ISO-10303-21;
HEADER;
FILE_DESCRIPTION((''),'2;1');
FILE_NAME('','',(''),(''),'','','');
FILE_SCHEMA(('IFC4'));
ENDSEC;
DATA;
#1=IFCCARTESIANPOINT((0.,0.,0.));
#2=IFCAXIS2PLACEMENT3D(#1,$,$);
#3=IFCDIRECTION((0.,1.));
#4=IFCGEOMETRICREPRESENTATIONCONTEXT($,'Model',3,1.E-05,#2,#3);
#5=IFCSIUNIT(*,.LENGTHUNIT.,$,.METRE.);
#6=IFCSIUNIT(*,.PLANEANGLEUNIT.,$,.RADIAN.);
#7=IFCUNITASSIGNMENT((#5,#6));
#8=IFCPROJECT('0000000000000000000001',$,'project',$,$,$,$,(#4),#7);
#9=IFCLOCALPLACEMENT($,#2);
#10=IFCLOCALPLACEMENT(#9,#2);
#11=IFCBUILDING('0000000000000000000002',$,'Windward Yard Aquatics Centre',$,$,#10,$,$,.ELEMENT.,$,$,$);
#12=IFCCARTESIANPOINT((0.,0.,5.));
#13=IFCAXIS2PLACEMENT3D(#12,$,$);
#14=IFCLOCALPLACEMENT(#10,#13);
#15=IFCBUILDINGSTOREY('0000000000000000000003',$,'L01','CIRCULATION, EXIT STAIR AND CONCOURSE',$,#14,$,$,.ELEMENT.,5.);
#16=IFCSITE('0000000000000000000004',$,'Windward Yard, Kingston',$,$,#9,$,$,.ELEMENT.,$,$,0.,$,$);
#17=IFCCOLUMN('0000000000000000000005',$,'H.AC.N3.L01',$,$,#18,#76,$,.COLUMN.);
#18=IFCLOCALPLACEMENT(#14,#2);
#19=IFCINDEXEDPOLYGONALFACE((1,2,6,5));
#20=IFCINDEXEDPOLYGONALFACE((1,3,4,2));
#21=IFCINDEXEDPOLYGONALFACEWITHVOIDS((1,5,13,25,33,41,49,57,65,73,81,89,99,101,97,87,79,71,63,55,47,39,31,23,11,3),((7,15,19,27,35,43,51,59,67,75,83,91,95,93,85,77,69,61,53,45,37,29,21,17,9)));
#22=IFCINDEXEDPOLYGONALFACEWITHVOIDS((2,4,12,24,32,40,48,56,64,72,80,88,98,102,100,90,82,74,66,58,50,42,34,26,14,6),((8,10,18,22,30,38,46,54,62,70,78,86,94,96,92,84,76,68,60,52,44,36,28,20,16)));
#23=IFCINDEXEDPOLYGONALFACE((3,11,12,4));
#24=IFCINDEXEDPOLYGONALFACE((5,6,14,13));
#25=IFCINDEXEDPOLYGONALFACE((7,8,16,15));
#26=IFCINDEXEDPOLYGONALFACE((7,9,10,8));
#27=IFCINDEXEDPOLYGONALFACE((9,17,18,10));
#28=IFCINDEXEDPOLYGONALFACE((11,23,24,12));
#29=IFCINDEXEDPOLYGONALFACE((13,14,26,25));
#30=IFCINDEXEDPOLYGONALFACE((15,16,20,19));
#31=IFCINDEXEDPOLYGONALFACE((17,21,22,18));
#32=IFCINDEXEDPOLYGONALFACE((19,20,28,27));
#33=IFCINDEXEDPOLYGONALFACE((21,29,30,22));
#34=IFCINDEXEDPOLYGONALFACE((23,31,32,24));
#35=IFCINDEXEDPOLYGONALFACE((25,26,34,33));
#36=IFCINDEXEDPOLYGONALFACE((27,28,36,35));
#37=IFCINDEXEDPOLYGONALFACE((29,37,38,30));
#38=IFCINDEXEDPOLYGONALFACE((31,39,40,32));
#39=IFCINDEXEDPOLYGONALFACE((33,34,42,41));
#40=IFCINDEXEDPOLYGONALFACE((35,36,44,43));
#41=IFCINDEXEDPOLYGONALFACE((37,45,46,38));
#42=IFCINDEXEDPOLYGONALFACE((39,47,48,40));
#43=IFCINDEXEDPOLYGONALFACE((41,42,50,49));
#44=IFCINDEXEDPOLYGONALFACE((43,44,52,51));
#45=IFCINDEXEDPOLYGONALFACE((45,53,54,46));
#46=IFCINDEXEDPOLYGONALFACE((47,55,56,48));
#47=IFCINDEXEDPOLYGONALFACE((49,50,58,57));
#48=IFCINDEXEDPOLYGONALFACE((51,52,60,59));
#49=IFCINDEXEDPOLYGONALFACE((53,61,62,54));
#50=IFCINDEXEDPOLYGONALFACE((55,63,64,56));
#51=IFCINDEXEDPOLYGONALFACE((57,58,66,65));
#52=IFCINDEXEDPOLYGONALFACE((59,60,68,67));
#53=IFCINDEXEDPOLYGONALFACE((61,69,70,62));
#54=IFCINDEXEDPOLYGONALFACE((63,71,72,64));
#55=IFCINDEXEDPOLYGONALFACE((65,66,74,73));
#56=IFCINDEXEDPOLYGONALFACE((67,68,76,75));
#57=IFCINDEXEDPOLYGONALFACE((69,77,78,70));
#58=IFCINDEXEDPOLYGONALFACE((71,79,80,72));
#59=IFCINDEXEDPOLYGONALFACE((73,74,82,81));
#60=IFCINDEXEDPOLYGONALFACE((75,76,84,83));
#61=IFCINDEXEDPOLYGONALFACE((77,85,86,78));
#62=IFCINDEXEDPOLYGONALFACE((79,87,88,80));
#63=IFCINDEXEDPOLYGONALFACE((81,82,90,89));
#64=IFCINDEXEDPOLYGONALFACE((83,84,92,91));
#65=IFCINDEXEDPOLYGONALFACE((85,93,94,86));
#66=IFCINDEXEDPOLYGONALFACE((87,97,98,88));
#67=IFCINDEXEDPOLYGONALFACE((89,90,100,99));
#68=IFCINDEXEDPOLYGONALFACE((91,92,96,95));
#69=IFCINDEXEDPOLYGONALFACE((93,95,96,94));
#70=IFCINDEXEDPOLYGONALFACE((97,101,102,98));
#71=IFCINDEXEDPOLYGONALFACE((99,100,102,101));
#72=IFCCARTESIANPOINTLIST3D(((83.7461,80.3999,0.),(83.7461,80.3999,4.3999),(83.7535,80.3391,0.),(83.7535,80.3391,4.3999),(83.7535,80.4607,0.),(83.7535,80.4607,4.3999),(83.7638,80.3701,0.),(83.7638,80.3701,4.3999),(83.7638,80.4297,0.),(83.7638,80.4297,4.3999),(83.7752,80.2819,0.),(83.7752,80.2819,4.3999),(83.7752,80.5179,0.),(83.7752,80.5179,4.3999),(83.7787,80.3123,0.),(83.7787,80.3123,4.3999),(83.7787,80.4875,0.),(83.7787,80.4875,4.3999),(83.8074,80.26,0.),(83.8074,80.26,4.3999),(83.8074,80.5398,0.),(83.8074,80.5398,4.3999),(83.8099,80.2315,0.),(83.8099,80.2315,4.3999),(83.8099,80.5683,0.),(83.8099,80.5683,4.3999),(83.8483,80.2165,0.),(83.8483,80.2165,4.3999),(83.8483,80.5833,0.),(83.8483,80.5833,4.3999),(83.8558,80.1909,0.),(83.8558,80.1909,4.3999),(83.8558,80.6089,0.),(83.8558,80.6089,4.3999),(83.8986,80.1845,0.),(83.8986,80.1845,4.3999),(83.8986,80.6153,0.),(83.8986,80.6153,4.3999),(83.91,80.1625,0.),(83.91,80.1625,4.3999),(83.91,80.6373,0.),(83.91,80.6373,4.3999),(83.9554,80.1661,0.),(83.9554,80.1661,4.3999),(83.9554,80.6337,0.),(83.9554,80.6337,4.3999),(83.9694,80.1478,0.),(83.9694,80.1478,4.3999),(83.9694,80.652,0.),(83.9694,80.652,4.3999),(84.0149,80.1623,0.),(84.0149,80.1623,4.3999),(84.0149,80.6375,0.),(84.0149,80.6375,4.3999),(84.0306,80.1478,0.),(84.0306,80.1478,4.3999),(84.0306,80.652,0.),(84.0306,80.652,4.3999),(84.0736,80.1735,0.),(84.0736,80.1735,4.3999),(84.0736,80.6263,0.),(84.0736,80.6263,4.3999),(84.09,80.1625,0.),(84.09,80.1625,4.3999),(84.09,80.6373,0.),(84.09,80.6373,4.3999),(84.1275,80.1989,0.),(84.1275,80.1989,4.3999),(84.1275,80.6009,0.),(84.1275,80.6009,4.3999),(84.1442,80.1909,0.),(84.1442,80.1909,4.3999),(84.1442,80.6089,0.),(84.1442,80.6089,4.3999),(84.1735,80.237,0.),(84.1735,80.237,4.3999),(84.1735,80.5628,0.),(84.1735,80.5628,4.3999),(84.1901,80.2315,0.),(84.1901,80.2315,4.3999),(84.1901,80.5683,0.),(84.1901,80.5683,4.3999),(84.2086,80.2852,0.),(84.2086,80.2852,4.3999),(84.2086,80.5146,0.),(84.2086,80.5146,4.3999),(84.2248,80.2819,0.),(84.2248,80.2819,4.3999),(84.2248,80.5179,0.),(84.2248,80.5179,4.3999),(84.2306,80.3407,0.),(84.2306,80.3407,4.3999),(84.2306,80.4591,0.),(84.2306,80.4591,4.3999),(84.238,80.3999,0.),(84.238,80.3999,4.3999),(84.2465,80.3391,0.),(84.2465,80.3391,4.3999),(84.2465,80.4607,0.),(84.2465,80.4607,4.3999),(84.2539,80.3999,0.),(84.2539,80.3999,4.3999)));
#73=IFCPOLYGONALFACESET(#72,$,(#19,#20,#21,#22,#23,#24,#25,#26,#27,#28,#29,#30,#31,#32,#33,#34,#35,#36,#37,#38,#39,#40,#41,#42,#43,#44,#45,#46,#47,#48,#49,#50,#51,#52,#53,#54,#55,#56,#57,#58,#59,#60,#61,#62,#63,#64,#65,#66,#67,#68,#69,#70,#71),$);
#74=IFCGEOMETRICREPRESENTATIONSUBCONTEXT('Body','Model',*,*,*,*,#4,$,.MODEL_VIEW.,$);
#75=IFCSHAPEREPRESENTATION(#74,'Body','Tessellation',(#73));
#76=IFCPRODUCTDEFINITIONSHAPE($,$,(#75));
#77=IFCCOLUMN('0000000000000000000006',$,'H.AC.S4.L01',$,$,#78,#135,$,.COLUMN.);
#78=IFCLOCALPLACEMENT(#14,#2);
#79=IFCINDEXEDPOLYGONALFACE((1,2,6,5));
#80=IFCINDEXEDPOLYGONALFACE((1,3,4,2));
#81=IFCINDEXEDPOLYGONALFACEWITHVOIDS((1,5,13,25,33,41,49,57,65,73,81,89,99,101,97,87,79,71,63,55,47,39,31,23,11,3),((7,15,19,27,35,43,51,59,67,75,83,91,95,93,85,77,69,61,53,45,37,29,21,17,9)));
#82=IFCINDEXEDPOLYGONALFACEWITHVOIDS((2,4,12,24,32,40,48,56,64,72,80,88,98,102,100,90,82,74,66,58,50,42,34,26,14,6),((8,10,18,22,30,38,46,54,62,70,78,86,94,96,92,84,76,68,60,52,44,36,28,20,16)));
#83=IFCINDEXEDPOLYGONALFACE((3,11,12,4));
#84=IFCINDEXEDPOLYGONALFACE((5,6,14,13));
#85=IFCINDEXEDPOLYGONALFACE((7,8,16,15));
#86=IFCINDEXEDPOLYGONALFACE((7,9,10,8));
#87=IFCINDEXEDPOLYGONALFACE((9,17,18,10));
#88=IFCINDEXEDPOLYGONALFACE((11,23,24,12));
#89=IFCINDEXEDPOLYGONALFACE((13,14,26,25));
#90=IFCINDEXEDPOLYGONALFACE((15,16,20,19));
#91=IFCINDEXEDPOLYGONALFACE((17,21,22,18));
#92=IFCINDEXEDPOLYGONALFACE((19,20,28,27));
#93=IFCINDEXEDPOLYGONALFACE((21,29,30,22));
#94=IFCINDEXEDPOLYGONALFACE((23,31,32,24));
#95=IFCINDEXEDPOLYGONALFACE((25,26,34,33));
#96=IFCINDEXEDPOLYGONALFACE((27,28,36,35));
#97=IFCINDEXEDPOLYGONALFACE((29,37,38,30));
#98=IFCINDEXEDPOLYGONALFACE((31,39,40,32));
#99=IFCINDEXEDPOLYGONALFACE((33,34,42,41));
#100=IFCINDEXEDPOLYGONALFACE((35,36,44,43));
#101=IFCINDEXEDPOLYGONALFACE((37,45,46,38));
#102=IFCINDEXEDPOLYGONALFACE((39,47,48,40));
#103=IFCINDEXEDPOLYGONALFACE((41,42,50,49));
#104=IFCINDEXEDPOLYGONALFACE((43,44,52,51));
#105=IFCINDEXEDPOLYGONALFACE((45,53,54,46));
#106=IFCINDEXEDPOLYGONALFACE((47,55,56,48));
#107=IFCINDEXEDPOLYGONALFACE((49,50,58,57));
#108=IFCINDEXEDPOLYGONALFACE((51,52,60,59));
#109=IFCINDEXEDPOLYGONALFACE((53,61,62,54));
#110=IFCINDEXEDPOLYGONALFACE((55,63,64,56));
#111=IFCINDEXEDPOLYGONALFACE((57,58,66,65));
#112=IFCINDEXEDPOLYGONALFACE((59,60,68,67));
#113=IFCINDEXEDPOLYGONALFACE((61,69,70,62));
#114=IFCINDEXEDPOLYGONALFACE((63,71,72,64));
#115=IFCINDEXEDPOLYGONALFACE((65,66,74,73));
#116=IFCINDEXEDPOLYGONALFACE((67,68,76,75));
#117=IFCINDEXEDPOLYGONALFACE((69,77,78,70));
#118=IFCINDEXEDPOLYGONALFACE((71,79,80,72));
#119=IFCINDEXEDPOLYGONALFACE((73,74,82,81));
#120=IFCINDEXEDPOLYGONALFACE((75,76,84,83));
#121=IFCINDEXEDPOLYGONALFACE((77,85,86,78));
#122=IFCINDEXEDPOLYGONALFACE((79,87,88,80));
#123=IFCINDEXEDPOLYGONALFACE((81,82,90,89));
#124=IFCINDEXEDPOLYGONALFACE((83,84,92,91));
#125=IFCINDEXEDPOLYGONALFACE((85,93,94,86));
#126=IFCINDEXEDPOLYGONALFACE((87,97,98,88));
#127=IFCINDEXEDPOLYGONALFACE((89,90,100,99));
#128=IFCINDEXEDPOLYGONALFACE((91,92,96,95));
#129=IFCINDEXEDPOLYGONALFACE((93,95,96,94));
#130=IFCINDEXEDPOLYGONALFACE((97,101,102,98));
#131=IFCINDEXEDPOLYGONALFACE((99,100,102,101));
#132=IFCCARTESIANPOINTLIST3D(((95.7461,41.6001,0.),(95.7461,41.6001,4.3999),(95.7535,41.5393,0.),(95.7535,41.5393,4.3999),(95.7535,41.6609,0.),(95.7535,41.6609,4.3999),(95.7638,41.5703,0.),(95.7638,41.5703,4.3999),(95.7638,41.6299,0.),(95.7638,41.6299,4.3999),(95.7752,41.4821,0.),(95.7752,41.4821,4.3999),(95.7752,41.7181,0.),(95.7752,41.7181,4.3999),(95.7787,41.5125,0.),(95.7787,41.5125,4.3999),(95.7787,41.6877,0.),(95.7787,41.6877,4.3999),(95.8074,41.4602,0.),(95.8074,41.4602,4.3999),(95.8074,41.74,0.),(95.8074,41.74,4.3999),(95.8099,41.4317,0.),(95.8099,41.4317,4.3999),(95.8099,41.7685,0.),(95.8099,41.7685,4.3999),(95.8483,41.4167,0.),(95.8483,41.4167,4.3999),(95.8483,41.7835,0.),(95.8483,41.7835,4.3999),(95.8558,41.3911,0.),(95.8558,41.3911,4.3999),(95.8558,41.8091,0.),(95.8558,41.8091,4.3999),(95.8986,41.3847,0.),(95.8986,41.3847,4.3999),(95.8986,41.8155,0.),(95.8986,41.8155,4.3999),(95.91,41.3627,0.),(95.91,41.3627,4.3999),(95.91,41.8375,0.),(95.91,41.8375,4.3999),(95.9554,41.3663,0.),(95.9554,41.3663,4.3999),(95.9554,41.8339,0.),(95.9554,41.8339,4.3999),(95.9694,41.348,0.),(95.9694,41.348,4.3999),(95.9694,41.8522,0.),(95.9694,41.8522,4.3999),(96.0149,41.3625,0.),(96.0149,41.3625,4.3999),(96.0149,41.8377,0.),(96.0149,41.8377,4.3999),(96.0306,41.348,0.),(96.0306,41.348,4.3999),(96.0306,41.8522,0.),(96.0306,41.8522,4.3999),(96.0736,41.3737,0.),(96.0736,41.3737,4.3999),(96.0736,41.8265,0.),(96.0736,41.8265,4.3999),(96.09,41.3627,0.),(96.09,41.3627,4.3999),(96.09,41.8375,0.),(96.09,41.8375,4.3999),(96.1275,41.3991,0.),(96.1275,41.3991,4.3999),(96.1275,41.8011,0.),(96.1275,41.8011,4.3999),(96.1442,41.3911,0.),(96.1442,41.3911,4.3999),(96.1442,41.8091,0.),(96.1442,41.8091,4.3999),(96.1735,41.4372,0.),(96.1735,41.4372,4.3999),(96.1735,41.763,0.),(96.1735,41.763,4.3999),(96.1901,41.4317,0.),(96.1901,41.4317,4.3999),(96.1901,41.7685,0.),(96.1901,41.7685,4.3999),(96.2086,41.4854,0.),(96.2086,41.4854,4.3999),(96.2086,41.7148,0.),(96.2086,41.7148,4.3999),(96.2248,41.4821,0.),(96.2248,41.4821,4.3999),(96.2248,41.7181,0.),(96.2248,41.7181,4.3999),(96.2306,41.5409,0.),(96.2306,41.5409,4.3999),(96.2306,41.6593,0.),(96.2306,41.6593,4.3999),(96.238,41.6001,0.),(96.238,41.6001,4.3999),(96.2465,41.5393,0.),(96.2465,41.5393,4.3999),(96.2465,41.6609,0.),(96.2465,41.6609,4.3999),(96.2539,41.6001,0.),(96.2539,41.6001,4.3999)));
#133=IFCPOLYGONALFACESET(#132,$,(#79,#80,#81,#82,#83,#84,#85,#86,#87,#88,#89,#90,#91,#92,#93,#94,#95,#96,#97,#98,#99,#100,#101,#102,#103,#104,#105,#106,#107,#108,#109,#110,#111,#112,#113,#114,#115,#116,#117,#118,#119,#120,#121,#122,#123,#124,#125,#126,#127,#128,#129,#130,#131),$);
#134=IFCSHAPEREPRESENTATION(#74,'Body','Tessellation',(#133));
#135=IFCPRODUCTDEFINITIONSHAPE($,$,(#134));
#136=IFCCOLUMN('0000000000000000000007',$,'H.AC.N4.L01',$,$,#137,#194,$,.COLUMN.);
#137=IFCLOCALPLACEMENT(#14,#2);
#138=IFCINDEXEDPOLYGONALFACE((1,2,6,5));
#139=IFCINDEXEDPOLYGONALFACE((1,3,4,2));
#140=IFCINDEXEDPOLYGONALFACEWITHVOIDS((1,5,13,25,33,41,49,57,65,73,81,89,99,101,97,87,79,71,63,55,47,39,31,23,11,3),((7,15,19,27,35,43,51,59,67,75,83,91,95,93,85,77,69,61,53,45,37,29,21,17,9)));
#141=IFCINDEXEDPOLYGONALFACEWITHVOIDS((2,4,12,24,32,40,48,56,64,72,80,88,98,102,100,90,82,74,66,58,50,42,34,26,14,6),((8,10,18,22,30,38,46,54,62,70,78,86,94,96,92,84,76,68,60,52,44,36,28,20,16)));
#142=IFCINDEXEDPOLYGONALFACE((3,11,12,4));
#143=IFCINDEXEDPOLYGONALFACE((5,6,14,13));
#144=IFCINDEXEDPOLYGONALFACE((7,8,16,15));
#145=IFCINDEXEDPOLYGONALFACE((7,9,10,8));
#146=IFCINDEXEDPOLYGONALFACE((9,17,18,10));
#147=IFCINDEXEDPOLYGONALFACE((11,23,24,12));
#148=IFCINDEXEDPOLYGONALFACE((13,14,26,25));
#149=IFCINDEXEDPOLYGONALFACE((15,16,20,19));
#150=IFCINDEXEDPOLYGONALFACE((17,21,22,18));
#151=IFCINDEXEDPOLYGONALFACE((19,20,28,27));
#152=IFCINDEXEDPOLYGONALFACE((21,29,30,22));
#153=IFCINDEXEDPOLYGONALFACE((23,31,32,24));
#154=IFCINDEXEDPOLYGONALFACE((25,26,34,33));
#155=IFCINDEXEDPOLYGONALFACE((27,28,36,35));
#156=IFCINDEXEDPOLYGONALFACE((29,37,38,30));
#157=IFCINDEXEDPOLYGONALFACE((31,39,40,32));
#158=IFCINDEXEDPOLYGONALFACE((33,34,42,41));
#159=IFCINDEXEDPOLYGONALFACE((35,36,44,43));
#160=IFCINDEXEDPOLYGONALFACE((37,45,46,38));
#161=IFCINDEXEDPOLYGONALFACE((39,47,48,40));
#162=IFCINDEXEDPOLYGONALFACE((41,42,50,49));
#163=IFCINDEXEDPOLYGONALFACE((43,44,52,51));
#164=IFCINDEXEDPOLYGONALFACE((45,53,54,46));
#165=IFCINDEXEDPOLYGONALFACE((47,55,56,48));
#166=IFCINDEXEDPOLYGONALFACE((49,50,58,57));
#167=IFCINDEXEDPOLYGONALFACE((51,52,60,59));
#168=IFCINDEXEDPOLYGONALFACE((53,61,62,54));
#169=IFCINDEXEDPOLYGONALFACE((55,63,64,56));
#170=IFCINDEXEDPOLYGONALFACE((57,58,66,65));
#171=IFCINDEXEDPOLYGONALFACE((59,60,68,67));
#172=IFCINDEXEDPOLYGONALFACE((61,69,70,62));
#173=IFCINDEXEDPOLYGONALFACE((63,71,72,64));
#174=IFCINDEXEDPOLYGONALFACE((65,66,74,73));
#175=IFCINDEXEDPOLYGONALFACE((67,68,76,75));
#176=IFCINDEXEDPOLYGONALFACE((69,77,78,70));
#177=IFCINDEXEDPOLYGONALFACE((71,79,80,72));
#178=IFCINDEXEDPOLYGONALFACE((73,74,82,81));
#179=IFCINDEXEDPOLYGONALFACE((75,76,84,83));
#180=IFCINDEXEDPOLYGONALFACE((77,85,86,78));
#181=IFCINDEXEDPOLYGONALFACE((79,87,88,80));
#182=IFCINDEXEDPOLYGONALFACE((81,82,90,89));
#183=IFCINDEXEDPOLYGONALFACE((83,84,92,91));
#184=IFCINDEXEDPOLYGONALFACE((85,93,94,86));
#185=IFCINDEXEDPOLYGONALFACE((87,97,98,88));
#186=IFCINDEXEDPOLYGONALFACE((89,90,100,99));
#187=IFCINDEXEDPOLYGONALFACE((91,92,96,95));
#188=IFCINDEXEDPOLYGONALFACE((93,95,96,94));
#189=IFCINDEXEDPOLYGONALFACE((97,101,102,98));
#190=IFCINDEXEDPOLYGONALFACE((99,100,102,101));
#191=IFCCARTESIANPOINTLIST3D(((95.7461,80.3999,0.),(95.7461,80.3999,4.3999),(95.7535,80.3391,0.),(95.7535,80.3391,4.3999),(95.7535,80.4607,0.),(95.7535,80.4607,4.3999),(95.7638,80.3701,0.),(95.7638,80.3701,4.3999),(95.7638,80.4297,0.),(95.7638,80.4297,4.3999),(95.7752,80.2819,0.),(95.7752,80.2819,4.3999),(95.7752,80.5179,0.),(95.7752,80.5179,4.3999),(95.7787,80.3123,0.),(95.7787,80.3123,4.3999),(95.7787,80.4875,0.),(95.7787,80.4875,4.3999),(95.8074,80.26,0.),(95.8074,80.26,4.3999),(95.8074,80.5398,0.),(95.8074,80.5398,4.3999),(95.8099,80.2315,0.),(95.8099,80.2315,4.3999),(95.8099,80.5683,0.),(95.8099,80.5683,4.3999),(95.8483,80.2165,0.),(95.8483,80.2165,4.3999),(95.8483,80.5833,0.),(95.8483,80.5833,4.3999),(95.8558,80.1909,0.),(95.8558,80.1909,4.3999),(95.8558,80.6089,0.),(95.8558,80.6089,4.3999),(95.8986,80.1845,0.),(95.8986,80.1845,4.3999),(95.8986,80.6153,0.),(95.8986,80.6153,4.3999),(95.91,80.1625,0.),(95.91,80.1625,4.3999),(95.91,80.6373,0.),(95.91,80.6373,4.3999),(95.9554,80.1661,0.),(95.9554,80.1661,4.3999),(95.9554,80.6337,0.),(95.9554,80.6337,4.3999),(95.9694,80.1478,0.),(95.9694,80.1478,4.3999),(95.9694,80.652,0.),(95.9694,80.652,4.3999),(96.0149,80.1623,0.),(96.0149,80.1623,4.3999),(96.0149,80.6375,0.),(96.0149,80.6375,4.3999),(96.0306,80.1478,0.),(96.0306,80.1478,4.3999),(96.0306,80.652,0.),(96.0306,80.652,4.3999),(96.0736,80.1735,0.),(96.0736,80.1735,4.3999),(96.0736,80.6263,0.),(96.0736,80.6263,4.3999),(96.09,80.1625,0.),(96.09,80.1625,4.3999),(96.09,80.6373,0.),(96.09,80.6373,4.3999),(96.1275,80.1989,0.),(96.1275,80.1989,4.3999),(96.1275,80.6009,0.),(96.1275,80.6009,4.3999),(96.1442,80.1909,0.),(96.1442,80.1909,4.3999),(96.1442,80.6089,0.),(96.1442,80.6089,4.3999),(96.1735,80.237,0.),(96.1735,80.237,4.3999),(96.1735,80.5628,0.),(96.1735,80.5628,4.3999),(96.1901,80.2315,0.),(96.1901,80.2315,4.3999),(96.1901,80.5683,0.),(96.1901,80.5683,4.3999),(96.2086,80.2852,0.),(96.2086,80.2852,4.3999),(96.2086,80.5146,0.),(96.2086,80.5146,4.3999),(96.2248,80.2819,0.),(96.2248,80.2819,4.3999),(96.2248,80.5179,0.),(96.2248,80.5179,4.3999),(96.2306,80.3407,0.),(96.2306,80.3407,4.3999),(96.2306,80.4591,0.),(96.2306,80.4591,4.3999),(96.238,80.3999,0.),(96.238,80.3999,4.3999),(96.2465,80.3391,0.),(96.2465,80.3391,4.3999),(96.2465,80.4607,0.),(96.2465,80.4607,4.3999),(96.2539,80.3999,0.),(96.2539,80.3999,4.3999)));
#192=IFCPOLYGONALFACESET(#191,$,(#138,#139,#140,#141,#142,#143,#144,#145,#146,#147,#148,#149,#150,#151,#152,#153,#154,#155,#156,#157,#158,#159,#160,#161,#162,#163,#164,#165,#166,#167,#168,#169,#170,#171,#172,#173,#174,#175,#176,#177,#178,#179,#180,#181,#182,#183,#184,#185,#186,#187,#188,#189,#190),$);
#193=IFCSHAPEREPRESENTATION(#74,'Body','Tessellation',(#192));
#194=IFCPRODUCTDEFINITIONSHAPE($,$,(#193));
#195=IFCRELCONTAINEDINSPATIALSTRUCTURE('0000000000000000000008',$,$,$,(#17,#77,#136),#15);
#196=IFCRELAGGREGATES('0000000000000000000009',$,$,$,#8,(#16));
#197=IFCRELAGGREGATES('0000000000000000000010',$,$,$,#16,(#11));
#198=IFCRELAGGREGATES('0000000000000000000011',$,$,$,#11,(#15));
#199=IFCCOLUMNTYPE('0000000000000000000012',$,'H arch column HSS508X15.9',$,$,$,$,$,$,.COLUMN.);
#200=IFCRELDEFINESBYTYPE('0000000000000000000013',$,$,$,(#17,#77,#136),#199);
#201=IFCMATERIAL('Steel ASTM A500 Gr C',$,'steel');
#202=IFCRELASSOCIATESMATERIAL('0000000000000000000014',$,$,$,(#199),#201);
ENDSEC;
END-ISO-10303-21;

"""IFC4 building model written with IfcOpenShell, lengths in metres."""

from ifc_helpers import new_model, si_unit, direction, frame, origin, origin_2d, place, context, subcontext, project, spatial, hollow_circle, extrude, material, material_profile, profile_set, type_object, element, save


model = new_model("IFC4")

# Units and contexts
model_context = context("Model", 3, precision=1e-05, world=origin(), true_north=direction((0.0, 1.0)))
body_context = subcontext(model_context, "Body", "Model", "MODEL_VIEW")
ifc_project = project(units=[si_unit("LENGTHUNIT", "METRE"), si_unit("PLANEANGLEUNIT", "RADIAN")], contexts=[model_context])

# Site, building, storey
site_placement = place(None, origin())
site = spatial("IfcSite", under=ifc_project, at=site_placement, Name="Windward Yard, Kingston", CompositionType="ELEMENT", RefElevation=0.0)
building_placement = place(site_placement, origin())
building = spatial("IfcBuilding", under=site, at=building_placement, Name="Windward Yard Aquatics Centre", CompositionType="ELEMENT")
storey_placement = place(building_placement, frame((0.0, 0.0, 5.0)))
storey = spatial("IfcBuildingStorey", under=building, at=storey_placement, Name="L01", Description="CIRCULATION, EXIT STAIR AND CONCOURSE", CompositionType="ELEMENT", Elevation=5.0)

# Columns
ifc_material_1 = material(Name="Steel ASTM A500 Gr C", Category="steel")
ifc_material_profile_1 = material_profile(ifc_material_1, hollow_circle(Radius=0.2539, WallThickness=0.0159, at=origin_2d()), Name="HSS508X15.9")
ifc_profile_set_1 = profile_set([ifc_material_profile_1], Name="Steel ASTM A500 Gr C")
column_type_1 = type_object("IfcColumnType", Name="H arch column HSS508X15.9", PredefinedType="COLUMN", material=ifc_profile_set_1)
for number, where, z_axis, x_axis, name in (
    (1, (84.0, 80.3999, 0.0), (0.0, 0.0, 1.0), (1.0, 0.0, 0.0), "H.AC.N3.L01"),
    (2, (96.0, 41.6001, 0.0), (0.0, 0.0, 1.0), (1.0, 0.0, 0.0), "H.AC.S4.L01"),
    (3, (96.0, 80.3999, 0.0), (0.0, 0.0, 1.0), (1.0, 0.0, 0.0), "H.AC.N4.L01"),
):
    element("IfcColumn", number, at=place(storey_placement, frame(where, z_axis=z_axis, x_axis=x_axis)), inside=storey, type_object=column_type_1, Name=name, PredefinedType="COLUMN", context=body_context, shape_type="SweptSolid", body=[
        extrude(hollow_circle(Radius=0.2539, WallThickness=0.0159, at=origin_2d()), origin(), (0.0, 0.0, 1.0), 4.3999),
    ])

save(model, "model.ifc")
